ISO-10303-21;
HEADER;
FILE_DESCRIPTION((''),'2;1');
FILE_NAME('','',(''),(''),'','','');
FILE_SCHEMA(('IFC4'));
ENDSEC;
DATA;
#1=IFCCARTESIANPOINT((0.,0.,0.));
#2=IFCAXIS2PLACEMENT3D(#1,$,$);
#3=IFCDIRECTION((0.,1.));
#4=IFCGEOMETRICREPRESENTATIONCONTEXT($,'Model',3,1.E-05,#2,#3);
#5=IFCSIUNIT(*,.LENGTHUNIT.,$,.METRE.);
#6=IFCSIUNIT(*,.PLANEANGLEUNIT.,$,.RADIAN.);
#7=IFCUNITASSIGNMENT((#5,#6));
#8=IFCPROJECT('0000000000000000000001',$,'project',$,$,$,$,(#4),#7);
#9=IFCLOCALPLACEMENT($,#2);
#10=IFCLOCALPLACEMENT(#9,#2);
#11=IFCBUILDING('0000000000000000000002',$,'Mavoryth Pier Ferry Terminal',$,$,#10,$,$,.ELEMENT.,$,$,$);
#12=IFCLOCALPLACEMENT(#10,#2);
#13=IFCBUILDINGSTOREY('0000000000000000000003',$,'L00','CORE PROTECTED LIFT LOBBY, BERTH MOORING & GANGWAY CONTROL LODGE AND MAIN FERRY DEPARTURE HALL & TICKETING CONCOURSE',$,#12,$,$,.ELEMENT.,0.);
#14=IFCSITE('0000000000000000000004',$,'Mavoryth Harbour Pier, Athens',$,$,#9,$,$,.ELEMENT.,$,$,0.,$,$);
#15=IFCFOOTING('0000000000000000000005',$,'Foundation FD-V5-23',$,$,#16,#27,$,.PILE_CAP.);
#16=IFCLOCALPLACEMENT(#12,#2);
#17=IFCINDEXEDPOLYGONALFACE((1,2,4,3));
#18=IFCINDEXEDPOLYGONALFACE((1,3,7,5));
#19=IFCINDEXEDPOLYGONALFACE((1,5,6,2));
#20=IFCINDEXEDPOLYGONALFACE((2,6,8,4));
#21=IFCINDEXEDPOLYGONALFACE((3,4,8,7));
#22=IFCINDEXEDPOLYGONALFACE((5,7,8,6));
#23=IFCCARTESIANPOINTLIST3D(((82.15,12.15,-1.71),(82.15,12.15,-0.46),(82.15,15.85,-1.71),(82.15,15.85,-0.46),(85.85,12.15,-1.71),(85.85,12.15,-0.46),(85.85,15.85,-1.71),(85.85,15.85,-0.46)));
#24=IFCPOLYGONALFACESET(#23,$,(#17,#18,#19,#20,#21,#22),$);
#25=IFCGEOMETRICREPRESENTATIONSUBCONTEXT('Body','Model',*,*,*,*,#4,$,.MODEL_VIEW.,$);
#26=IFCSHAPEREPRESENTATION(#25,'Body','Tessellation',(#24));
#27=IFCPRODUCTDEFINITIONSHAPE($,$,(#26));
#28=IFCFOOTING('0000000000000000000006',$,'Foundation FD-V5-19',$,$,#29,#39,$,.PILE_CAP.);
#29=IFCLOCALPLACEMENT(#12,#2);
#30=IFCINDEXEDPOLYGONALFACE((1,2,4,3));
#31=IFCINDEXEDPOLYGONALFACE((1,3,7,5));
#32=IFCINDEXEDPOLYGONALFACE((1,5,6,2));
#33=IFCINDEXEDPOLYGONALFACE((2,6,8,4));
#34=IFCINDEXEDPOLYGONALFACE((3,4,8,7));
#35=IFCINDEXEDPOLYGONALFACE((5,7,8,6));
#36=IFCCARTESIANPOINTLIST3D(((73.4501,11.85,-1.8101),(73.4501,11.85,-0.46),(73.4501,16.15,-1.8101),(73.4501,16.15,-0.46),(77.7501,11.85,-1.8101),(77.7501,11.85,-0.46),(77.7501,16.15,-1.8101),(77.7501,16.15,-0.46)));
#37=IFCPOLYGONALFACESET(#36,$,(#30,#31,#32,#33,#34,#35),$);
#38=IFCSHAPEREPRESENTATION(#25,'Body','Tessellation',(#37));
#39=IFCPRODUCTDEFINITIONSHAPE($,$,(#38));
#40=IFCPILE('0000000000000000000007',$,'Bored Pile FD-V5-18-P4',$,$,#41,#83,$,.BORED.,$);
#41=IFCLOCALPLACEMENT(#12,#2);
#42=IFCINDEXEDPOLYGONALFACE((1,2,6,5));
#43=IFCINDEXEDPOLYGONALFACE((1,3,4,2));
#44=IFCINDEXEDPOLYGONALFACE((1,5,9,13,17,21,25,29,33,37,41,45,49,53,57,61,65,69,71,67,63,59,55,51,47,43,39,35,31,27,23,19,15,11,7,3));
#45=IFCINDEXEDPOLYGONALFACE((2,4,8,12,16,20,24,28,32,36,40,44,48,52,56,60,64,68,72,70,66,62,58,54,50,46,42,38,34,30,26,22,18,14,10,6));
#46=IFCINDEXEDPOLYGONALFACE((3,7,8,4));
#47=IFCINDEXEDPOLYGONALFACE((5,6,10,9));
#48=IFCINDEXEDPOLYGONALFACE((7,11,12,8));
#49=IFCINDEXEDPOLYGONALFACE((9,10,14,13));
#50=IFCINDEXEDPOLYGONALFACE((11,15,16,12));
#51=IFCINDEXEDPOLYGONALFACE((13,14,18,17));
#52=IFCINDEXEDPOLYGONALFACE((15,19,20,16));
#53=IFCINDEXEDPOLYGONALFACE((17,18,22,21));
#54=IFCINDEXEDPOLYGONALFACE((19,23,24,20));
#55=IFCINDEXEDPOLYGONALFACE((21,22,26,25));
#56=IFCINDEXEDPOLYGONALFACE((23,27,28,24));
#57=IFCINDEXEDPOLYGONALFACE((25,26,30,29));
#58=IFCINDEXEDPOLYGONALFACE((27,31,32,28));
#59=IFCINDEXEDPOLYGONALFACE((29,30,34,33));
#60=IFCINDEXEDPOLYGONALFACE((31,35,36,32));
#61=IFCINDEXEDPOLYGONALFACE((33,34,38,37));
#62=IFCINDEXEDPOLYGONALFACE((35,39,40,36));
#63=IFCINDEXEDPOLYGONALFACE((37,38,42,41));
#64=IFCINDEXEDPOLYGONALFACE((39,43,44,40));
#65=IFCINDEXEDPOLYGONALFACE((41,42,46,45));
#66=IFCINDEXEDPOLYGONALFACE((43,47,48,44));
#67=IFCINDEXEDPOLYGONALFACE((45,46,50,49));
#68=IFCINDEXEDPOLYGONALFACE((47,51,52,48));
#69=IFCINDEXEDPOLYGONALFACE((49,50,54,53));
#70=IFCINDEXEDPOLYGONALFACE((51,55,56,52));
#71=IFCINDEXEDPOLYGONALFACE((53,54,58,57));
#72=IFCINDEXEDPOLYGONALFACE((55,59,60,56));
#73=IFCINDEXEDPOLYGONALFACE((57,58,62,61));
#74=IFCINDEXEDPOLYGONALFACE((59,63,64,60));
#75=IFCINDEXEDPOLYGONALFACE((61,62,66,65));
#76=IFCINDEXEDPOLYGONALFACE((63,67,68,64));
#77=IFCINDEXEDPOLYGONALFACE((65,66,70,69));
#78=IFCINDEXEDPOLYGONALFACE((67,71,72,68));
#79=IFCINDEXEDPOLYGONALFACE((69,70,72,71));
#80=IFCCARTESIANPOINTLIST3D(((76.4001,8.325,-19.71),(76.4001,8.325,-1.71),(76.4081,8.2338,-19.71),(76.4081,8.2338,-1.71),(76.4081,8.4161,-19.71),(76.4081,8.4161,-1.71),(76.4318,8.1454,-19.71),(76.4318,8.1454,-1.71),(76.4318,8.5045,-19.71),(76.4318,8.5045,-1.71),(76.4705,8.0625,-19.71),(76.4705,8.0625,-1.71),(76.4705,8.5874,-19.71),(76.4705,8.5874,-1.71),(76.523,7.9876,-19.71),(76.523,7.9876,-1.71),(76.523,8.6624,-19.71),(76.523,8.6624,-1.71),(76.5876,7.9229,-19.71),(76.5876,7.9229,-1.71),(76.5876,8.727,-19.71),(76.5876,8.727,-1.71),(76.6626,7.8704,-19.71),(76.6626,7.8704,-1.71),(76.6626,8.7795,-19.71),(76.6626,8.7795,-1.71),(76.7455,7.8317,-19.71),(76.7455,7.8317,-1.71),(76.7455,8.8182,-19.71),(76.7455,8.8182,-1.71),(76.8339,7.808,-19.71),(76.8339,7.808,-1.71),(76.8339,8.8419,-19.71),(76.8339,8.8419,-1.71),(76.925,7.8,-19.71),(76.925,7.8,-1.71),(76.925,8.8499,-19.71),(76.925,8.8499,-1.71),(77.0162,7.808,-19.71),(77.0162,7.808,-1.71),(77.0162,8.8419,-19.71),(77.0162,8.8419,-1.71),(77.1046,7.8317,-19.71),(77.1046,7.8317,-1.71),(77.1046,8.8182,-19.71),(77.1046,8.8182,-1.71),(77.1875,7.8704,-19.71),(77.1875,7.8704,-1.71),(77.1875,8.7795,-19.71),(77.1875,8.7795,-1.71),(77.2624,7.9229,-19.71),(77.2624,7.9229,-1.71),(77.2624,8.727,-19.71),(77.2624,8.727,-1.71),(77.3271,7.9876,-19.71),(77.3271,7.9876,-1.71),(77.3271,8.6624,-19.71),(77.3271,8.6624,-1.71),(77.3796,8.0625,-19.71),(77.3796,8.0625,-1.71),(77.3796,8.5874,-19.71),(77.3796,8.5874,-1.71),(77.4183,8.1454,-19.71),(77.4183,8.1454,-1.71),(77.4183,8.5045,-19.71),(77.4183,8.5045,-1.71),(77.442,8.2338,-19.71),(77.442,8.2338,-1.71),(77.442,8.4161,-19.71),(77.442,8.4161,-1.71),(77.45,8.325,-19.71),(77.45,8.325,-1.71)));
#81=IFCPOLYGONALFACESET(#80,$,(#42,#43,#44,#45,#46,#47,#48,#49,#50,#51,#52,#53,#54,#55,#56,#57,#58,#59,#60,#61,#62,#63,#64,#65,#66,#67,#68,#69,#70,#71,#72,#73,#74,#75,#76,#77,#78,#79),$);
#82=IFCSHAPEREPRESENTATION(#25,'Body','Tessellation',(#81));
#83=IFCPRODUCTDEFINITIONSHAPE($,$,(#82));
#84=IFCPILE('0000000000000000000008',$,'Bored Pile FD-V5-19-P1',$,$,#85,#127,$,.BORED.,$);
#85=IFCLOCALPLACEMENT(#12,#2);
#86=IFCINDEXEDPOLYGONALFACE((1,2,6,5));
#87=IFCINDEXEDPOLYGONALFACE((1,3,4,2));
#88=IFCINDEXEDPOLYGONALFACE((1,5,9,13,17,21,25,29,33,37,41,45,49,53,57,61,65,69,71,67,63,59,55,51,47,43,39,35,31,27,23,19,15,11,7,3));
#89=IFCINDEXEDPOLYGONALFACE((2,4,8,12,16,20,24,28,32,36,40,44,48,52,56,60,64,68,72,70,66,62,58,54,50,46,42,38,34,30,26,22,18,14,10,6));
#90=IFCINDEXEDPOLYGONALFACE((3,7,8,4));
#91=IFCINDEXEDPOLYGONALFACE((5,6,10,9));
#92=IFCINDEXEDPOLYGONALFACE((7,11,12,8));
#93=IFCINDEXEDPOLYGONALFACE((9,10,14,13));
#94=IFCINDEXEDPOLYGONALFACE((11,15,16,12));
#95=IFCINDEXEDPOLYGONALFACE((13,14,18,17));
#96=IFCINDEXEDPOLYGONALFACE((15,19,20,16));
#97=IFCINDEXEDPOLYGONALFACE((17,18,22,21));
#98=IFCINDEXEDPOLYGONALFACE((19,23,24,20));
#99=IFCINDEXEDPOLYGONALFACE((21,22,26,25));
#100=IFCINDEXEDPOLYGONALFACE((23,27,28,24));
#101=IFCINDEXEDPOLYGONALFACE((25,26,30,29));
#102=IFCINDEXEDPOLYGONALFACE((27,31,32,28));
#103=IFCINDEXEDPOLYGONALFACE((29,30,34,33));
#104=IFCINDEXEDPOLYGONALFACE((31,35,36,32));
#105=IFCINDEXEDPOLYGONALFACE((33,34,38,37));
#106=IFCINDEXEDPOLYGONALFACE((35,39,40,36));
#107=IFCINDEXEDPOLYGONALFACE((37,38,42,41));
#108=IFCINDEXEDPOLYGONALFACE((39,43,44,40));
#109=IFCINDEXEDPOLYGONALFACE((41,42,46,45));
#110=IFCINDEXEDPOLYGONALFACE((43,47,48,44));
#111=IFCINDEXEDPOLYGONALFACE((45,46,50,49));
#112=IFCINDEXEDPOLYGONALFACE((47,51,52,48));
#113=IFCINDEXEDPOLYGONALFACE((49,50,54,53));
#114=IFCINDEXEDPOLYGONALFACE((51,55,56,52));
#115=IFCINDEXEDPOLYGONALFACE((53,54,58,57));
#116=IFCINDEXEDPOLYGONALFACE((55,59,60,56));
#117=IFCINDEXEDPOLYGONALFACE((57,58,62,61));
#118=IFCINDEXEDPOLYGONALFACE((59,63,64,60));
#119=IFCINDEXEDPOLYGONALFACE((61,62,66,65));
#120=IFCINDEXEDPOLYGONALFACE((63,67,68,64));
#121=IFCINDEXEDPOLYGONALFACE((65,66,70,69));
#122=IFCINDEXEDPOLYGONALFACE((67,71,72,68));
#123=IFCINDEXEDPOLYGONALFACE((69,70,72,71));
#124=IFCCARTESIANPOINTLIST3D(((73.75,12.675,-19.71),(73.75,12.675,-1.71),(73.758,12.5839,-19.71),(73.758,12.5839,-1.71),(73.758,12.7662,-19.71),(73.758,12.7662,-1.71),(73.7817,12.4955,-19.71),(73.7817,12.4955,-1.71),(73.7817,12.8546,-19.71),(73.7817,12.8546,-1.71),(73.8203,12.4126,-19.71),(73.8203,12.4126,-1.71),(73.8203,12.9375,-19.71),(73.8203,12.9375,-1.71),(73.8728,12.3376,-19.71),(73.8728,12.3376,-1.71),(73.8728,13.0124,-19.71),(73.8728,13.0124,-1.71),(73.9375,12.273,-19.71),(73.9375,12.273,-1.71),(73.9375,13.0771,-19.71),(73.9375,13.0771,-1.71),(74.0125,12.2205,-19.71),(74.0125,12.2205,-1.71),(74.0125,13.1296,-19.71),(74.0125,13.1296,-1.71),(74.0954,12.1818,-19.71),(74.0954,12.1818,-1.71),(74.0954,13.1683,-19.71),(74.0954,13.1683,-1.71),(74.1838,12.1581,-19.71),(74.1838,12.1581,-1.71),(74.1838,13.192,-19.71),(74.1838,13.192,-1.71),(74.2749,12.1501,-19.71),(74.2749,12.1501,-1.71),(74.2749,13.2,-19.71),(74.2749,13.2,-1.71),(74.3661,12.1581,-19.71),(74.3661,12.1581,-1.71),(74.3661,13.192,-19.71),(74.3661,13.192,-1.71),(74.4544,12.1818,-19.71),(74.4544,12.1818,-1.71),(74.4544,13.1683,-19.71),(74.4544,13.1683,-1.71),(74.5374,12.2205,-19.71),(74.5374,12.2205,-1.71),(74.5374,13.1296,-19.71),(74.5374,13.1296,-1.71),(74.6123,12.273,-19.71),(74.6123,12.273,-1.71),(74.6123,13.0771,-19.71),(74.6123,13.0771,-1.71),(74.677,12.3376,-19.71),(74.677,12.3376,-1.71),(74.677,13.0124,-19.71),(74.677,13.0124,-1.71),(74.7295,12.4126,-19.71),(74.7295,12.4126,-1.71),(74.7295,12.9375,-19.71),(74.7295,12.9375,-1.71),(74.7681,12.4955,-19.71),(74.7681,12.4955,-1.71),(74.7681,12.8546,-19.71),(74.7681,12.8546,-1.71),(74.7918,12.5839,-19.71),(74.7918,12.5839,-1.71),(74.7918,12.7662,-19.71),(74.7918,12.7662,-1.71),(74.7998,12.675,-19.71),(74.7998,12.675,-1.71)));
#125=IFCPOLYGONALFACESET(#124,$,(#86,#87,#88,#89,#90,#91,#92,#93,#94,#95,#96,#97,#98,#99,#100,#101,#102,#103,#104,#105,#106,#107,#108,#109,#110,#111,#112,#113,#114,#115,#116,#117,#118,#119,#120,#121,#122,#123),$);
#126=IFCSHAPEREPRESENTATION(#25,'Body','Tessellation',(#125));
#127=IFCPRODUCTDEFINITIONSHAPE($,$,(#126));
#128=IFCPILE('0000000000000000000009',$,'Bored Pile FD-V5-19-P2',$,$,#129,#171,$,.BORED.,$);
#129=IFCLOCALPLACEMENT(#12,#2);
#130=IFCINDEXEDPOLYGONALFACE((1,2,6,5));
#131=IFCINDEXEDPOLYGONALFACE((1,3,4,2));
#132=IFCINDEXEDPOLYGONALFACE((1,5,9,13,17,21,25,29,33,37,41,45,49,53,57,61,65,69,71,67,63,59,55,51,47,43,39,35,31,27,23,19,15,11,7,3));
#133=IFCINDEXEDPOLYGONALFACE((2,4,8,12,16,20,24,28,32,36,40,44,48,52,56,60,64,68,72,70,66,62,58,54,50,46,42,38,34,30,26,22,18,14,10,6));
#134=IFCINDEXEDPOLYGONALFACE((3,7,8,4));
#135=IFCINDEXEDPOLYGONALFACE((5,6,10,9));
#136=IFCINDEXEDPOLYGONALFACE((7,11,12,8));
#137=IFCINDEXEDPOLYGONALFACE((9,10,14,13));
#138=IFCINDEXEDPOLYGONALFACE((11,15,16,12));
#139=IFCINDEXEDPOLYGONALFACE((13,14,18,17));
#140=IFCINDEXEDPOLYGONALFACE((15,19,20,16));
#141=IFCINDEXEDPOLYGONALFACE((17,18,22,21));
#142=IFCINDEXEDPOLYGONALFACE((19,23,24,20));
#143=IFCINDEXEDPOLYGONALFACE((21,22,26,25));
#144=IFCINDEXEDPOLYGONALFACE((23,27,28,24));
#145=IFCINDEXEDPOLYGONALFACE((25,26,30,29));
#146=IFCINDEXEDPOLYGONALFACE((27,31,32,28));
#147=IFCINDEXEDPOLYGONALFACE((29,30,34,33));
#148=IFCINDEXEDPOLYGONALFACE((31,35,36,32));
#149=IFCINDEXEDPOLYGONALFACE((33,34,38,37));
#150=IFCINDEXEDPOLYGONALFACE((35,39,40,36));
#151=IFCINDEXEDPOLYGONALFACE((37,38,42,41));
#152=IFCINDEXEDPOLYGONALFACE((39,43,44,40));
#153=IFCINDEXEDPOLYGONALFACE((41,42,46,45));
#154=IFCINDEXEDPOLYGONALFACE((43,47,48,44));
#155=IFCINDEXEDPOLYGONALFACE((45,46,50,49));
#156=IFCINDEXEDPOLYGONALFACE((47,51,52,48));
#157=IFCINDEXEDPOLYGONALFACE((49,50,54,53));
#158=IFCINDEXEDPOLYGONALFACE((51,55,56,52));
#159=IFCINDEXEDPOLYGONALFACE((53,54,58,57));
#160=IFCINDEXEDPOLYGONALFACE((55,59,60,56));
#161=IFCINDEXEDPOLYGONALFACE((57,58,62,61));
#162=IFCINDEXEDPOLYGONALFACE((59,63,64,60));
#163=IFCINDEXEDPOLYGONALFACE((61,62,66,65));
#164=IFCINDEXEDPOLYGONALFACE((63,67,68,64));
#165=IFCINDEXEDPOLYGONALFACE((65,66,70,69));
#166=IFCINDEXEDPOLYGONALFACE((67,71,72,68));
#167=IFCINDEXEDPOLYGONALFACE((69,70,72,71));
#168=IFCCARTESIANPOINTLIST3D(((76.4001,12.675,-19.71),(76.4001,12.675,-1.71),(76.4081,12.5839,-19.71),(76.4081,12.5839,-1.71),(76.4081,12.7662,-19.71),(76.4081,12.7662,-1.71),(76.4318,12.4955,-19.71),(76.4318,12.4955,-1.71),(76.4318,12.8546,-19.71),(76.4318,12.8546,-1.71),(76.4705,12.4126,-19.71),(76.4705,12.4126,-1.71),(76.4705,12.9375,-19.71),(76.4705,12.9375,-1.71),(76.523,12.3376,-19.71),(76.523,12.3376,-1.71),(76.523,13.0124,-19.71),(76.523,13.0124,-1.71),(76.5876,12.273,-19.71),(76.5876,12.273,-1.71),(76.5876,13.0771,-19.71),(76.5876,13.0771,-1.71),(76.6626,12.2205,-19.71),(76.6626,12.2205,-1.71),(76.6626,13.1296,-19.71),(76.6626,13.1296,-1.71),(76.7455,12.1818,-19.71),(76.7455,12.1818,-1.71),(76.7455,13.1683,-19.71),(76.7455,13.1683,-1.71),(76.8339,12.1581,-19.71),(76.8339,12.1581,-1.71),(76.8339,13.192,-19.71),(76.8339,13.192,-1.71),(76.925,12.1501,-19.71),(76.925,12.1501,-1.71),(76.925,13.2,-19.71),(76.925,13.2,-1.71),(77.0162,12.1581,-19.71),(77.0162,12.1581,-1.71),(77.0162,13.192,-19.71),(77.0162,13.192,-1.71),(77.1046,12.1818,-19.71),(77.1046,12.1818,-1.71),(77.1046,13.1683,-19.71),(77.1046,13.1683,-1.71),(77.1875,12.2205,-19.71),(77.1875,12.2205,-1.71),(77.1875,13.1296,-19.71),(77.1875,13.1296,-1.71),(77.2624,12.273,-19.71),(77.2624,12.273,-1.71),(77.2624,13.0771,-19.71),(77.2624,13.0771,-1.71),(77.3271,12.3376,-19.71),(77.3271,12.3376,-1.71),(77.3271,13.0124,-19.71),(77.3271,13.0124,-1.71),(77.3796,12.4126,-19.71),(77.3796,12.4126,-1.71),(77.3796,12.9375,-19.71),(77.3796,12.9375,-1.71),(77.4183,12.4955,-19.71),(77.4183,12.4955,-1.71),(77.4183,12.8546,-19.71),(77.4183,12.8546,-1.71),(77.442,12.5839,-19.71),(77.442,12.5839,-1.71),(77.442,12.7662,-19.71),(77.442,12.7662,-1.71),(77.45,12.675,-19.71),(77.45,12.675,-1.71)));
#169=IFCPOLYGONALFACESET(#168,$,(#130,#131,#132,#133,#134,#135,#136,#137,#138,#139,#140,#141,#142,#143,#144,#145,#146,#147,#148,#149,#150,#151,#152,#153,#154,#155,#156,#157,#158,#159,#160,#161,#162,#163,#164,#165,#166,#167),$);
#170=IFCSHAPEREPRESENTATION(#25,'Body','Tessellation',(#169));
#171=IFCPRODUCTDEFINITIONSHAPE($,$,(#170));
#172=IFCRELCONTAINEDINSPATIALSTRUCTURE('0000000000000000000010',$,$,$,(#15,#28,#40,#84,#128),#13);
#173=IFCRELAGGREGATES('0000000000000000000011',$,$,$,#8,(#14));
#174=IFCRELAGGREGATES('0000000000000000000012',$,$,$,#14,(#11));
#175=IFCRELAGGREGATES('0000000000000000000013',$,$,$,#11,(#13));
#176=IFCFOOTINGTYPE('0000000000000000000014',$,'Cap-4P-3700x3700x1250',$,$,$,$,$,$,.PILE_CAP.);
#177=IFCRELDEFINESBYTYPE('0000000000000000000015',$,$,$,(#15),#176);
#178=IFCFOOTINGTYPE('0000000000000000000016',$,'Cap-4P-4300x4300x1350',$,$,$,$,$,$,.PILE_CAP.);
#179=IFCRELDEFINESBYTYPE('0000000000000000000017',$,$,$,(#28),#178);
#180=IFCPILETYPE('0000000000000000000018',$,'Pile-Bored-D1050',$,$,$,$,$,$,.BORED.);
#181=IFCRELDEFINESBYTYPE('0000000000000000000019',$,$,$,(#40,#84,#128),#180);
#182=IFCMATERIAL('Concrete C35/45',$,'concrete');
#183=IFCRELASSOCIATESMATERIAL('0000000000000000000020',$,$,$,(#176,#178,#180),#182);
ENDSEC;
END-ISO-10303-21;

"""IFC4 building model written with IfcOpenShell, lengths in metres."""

from ifc_helpers import new_model, si_unit, direction, frame, origin, origin_2d, place, context, subcontext, project, spatial, rectangle, circle, extrude, material, material_profile, profile_set, type_object, element, save


model = new_model("IFC4")

# Units and contexts
model_context = context("Model", 3, precision=1e-05, world=origin(), true_north=direction((0.0, 1.0)))
body_context = subcontext(model_context, "Body", "Model", "MODEL_VIEW")
ifc_project = project(units=[si_unit("LENGTHUNIT", "METRE"), si_unit("PLANEANGLEUNIT", "RADIAN")], contexts=[model_context])

# Site, building, storey
site_placement = place(None, origin())
site = spatial("IfcSite", under=ifc_project, at=site_placement, Name="Mavoryth Harbour Pier, Athens", CompositionType="ELEMENT", RefElevation=0.0)
building_placement = place(site_placement, origin())
building = spatial("IfcBuilding", under=site, at=building_placement, Name="Mavoryth Pier Ferry Terminal", CompositionType="ELEMENT")
storey_placement = place(building_placement, origin())
storey = spatial("IfcBuildingStorey", under=building, at=storey_placement, Name="L00", Description="CORE PROTECTED LIFT LOBBY, BERTH MOORING & GANGWAY CONTROL LODGE AND MAIN FERRY DEPARTURE HALL & TICKETING CONCOURSE", CompositionType="ELEMENT", Elevation=0.0)

# Footings
ifc_material_1 = material(Name="Concrete C35/45", Category="concrete")
footing_type_1 = type_object("IfcFootingType", Name="Cap-4P-3700x3700x1250", PredefinedType="PILE_CAP", material=ifc_material_1)
footing_1_placement = place(storey_placement, frame((84.0, 14.0, -1.71), z_axis=(0.0, 0.0, 1.0), x_axis=(1.0, 0.0, 0.0)))
element("IfcFooting", 1, at=footing_1_placement, inside=storey, type_object=footing_type_1, Name="Foundation FD-V5-23", PredefinedType="PILE_CAP", context=body_context, shape_type="SweptSolid", body=[
    extrude(rectangle(XDim=3.7, YDim=3.7, at=origin_2d()), origin(), (0.0, 0.0, 1.0), 1.25),
])
footing_type_2 = type_object("IfcFootingType", Name="Cap-4P-4300x4300x1350", PredefinedType="PILE_CAP", material=ifc_material_1)
footing_2_placement = place(storey_placement, frame((75.6001, 14.0, -1.8101), z_axis=(0.0, 0.0, 1.0), x_axis=(1.0, 0.0, 0.0)))
element("IfcFooting", 2, at=footing_2_placement, inside=storey, type_object=footing_type_2, Name="Foundation FD-V5-19", PredefinedType="PILE_CAP", context=body_context, shape_type="SweptSolid", body=[
    extrude(rectangle(XDim=4.3, YDim=4.3, at=origin_2d()), origin(), (0.0, 0.0, 1.0), 1.3501),
])

# Piles
ifc_material_profile_1 = material_profile(ifc_material_1, circle(Radius=0.5249, at=origin_2d()), Name="PILE D1050", Category="concrete")
ifc_profile_set_1 = profile_set([ifc_material_profile_1], Name="Concrete C35/45 - PILE D1050")
pile_type_1 = type_object("IfcPileType", Name="Pile-Bored-D1050", PredefinedType="BORED", material=ifc_profile_set_1)
for number, where, z_axis, x_axis, name in (
    (3, (76.925, 8.325, -1.71), (0.0, 0.0, -1.0), (1.0, 0.0, 0.0), "Bored Pile FD-V5-18-P4"),
    (4, (74.2749, 12.675, -1.71), (0.0, 0.0, -1.0), (1.0, 0.0, 0.0), "Bored Pile FD-V5-19-P1"),
    (5, (76.925, 12.675, -1.71), (0.0, 0.0, -1.0), (1.0, 0.0, 0.0), "Bored Pile FD-V5-19-P2"),
):
    element("IfcPile", number, at=place(storey_placement, frame(where, z_axis=z_axis, x_axis=x_axis)), inside=storey, type_object=pile_type_1, Name=name, PredefinedType="BORED", context=body_context, shape_type="SweptSolid", body=[
        extrude(circle(Radius=0.5249, at=origin_2d()), origin(), (0.0, 0.0, 1.0), 18.0),
    ])

save(model, "model.ifc")
